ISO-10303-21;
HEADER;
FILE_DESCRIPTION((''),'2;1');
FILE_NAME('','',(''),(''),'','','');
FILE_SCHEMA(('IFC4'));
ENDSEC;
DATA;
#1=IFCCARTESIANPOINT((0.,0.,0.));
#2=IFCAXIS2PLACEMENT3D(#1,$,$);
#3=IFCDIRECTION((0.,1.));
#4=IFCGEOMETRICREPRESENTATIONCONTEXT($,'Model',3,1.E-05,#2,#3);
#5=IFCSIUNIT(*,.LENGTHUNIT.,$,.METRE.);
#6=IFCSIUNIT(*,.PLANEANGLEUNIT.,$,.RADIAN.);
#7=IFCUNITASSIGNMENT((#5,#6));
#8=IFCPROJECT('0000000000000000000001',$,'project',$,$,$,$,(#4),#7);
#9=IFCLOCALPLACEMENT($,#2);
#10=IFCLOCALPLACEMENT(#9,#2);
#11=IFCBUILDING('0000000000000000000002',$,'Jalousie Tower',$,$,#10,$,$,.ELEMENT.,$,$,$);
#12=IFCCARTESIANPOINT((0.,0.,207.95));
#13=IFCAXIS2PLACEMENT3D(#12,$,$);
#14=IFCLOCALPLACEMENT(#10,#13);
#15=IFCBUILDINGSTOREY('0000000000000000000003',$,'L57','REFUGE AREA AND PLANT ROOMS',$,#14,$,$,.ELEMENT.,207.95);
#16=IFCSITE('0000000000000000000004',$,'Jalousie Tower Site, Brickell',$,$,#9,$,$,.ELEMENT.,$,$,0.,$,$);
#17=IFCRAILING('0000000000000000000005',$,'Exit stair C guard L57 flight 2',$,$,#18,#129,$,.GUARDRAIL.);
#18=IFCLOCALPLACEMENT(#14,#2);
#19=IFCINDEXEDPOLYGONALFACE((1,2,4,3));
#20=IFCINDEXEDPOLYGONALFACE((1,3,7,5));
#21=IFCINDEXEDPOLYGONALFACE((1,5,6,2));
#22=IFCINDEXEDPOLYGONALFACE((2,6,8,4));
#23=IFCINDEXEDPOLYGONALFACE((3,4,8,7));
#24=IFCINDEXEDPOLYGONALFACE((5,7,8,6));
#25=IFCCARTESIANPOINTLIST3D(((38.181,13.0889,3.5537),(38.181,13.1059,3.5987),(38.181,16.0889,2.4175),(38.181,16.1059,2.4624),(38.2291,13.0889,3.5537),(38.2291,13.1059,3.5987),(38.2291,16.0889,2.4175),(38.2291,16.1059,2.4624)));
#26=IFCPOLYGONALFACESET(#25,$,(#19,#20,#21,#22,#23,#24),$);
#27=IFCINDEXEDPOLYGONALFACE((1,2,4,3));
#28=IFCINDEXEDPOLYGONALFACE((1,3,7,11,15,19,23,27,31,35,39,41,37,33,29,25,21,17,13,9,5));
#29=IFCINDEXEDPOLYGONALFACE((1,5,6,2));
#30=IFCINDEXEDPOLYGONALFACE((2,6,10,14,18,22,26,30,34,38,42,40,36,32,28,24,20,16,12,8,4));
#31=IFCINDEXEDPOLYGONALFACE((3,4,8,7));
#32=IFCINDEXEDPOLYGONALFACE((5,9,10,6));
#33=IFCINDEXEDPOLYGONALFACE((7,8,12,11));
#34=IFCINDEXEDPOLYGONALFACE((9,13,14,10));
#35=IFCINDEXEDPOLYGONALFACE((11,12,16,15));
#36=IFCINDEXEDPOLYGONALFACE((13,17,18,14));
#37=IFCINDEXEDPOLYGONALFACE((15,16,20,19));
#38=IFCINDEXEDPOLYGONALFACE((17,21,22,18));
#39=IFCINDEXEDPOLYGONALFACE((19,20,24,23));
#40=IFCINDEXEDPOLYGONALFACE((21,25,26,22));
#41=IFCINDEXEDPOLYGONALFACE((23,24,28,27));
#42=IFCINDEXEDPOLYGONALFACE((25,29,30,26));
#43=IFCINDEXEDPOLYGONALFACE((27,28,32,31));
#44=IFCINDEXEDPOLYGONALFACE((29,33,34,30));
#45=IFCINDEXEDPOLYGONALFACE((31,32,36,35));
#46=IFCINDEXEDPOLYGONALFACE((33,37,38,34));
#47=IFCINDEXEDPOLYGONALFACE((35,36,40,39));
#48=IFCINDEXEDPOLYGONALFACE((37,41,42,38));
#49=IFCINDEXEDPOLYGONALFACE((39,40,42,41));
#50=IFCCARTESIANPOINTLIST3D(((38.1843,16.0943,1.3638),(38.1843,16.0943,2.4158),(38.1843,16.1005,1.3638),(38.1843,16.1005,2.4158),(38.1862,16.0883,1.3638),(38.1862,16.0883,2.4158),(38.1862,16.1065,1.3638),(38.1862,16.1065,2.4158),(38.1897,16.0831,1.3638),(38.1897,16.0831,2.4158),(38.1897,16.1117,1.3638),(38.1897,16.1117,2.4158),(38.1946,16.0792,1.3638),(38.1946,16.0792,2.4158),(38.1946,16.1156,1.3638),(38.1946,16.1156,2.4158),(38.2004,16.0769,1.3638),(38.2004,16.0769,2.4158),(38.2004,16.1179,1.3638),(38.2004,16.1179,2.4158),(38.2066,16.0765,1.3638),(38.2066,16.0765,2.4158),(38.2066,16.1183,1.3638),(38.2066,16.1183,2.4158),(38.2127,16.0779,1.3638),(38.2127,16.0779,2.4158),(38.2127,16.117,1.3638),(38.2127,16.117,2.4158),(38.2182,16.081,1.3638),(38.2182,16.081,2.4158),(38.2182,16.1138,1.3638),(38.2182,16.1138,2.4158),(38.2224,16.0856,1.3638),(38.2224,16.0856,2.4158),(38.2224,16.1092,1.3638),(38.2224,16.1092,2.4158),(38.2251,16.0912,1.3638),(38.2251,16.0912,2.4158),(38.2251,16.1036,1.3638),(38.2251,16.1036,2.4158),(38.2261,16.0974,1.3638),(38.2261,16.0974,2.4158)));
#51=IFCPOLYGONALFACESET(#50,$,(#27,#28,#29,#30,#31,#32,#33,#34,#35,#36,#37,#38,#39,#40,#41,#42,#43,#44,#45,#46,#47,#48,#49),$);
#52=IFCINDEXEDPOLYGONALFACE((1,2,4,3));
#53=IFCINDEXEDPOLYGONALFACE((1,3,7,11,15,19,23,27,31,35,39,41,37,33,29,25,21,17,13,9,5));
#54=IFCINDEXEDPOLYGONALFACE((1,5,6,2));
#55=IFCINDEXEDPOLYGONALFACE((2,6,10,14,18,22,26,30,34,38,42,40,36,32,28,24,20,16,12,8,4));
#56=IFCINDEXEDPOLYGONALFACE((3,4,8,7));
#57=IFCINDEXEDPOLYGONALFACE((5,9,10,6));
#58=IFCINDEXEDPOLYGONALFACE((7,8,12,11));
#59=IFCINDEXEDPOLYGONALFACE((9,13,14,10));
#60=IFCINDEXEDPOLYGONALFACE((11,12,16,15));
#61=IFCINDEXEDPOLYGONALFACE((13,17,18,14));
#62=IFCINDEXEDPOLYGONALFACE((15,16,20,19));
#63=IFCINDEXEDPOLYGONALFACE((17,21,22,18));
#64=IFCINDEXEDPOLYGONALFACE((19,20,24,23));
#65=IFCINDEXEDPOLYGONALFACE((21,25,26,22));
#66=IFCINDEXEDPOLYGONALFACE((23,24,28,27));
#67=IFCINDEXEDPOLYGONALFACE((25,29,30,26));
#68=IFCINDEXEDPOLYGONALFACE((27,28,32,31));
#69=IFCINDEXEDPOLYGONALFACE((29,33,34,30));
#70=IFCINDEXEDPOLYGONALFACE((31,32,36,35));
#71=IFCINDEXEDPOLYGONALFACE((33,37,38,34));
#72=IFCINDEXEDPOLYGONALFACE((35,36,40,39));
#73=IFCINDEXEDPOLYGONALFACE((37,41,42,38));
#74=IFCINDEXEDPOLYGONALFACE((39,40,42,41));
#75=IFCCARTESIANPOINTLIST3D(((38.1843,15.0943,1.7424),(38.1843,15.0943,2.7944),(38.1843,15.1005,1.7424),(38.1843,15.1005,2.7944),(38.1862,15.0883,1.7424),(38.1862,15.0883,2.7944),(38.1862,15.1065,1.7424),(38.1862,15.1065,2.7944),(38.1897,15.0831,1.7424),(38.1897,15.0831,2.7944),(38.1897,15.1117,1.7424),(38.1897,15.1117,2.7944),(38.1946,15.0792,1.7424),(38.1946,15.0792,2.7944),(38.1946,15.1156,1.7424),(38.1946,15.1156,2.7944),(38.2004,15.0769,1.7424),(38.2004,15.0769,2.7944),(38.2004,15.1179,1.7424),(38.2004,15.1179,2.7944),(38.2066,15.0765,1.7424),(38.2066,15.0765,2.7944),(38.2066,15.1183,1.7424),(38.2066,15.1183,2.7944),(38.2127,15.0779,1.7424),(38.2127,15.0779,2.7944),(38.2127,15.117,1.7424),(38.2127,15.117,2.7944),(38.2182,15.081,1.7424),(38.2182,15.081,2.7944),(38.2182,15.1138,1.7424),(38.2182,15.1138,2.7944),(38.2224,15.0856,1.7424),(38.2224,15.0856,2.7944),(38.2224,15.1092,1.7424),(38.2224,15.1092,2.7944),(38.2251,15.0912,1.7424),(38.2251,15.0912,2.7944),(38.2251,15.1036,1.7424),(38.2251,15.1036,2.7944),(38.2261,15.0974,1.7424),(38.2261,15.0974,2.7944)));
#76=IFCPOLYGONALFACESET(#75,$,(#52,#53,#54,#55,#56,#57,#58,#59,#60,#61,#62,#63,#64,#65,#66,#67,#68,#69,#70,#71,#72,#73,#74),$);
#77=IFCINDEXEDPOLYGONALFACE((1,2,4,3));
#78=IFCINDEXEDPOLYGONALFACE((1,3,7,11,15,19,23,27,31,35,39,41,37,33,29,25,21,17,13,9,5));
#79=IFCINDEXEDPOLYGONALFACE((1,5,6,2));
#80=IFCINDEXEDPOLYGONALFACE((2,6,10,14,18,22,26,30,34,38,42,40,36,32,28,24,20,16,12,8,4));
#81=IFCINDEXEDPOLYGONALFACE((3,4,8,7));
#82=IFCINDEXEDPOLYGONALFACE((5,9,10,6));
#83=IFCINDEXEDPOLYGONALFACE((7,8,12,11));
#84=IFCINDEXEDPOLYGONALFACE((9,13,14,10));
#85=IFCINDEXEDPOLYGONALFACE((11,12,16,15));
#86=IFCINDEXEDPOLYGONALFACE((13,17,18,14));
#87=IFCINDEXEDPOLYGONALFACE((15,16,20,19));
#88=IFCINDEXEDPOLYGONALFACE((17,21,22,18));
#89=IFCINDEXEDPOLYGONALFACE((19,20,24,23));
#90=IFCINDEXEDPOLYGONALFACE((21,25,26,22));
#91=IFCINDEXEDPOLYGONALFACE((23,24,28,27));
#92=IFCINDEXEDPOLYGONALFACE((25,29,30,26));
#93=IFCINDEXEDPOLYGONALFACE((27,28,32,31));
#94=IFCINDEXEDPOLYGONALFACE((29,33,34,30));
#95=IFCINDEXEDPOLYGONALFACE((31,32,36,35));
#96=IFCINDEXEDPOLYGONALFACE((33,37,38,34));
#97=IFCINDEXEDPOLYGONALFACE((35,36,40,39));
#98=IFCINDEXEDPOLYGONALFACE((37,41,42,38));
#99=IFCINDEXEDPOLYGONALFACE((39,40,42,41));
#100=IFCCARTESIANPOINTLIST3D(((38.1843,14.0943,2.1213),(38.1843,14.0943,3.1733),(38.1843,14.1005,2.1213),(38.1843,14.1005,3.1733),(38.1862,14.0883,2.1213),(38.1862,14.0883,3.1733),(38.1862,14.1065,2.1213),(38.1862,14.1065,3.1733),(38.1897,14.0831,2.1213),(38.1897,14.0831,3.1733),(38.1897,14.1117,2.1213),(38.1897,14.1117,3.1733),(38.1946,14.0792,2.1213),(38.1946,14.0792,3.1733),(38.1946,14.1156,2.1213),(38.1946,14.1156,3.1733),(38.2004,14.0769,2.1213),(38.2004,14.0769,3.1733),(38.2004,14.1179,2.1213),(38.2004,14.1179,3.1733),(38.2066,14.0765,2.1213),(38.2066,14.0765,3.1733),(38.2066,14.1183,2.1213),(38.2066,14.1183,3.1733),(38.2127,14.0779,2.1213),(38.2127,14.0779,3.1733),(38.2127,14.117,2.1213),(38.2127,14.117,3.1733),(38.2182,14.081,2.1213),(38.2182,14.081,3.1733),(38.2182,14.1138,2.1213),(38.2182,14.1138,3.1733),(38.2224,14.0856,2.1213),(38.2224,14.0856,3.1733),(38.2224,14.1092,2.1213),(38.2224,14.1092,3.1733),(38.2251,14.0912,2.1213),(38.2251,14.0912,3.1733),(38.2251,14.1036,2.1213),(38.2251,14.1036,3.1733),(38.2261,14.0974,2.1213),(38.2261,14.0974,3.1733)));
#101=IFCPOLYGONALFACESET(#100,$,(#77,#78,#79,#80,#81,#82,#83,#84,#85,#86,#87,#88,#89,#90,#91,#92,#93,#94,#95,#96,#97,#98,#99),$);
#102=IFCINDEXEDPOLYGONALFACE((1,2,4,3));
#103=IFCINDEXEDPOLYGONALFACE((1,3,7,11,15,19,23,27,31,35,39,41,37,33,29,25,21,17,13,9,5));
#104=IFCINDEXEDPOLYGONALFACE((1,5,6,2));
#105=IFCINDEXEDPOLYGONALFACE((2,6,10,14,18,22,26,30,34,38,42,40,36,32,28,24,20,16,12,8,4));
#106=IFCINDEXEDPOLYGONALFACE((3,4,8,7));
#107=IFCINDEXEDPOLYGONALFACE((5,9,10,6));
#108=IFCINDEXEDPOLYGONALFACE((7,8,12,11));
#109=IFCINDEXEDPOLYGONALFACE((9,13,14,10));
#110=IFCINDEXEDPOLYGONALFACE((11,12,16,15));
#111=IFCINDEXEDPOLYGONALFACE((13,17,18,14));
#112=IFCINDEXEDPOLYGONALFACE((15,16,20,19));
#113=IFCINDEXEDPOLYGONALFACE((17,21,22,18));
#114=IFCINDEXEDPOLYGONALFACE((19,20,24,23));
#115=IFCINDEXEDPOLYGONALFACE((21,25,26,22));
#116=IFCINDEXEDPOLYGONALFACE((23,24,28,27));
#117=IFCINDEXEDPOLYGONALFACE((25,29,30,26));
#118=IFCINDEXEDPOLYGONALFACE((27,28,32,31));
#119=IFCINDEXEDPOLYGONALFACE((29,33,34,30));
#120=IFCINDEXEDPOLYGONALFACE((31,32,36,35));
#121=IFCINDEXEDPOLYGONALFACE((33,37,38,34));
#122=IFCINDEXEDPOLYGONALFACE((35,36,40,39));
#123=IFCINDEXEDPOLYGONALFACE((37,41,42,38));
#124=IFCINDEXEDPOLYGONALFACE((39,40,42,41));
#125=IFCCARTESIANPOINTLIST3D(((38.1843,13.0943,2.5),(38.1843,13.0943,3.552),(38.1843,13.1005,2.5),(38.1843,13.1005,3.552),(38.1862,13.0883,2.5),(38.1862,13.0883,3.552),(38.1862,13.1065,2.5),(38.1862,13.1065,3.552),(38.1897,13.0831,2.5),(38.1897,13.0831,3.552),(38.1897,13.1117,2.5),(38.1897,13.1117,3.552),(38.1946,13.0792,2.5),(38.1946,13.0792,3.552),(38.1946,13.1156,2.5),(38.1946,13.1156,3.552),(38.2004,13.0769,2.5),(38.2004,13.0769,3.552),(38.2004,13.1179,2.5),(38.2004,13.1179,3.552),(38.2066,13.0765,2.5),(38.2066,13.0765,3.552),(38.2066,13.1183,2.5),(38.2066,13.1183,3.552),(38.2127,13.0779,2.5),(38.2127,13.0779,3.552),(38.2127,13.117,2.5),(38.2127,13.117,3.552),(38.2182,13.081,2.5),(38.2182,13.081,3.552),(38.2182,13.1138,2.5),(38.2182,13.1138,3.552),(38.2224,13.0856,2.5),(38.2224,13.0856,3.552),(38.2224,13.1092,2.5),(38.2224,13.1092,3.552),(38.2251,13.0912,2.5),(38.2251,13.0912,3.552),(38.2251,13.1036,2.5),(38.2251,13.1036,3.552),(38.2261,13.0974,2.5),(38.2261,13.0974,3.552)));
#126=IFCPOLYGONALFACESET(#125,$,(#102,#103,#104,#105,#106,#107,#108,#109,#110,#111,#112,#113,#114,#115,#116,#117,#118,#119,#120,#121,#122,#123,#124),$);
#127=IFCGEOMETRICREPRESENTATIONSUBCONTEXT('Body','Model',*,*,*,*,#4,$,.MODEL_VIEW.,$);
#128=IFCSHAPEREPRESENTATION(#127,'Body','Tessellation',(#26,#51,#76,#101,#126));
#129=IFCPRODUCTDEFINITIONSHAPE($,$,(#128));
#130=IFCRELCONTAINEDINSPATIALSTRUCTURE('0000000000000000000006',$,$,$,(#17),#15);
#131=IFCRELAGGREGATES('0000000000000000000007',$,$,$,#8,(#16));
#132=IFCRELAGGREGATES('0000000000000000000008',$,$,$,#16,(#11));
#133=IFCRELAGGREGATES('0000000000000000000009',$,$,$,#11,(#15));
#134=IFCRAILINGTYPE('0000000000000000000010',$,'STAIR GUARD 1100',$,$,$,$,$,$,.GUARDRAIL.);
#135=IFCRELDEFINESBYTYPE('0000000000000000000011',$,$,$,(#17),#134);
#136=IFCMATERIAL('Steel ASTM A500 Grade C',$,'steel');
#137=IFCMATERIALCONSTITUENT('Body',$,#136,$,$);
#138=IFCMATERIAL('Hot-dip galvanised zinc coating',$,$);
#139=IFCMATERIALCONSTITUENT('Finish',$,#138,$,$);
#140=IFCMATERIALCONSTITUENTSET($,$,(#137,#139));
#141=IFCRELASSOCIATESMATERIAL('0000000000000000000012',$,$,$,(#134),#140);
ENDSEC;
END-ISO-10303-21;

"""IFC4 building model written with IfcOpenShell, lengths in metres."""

from ifc_helpers import new_model, si_unit, direction, frame, origin, origin_2d, place, context, subcontext, project, spatial, rectangle, circle, extrude, material, constituent, constituent_set, type_object, element, save


model = new_model("IFC4")

# Units and contexts
model_context = context("Model", 3, precision=1e-05, world=origin(), true_north=direction((0.0, 1.0)))
body_context = subcontext(model_context, "Body", "Model", "MODEL_VIEW")
ifc_project = project(units=[si_unit("LENGTHUNIT", "METRE"), si_unit("PLANEANGLEUNIT", "RADIAN")], contexts=[model_context])

# Site, building, storey
site_placement = place(None, origin())
site = spatial("IfcSite", under=ifc_project, at=site_placement, Name="Jalousie Tower Site, Brickell", CompositionType="ELEMENT", RefElevation=0.0)
building_placement = place(site_placement, origin())
building = spatial("IfcBuilding", under=site, at=building_placement, Name="Jalousie Tower", CompositionType="ELEMENT")
storey_placement = place(building_placement, frame((0.0, 0.0, 207.95)))
storey = spatial("IfcBuildingStorey", under=building, at=storey_placement, Name="L57", Description="REFUGE AREA AND PLANT ROOMS", CompositionType="ELEMENT", Elevation=207.95)

# Railing
ifc_material_1 = material(Name="Steel ASTM A500 Grade C", Category="steel")
ifc_constituent_1 = constituent(ifc_material_1, Name="Body")
ifc_material_2 = material(Name="Hot-dip galvanised zinc coating")
ifc_constituent_2 = constituent(ifc_material_2, Name="Finish")
ifc_constituent_set_1 = constituent_set(constituents=[ifc_constituent_1, ifc_constituent_2])
railing_type_1 = type_object("IfcRailingType", Name="STAIR GUARD 1100", PredefinedType="GUARDRAIL", material=ifc_constituent_set_1)
railing_1_placement = place(storey_placement, frame((38.2051, 16.0974, 1.3638)))
element("IfcRailing", 1, at=railing_1_placement, inside=storey, type_object=railing_type_1, Name="Exit stair C guard L57 flight 2", PredefinedType="GUARDRAIL", context=body_context, shape_type="SweptSolid", body=[
    extrude(rectangle(XDim=0.0481, YDim=0.0481, at=origin_2d()), frame((0.0, 0.0, 1.0762), z_axis=(0.0, -0.935173, 0.354191), x_axis=(1.0, 0.0, 0.0)), (0.0, 0.0, 1.0), 3.208),
    extrude(circle(Radius=0.021, at=origin_2d()), origin(), (0.0, 0.0, 1.0), 1.052),
    extrude(circle(Radius=0.021, at=origin_2d()), frame((0.0, -1.0, 0.3787)), (0.0, 0.0, 1.0), 1.052),
    extrude(circle(Radius=0.021, at=origin_2d()), frame((0.0, -2.0, 0.7576)), (0.0, 0.0, 1.0), 1.052),
    extrude(circle(Radius=0.021, at=origin_2d()), frame((0.0, -3.0, 1.1362)), (0.0, 0.0, 1.0), 1.052),
])

save(model, "model.ifc")
